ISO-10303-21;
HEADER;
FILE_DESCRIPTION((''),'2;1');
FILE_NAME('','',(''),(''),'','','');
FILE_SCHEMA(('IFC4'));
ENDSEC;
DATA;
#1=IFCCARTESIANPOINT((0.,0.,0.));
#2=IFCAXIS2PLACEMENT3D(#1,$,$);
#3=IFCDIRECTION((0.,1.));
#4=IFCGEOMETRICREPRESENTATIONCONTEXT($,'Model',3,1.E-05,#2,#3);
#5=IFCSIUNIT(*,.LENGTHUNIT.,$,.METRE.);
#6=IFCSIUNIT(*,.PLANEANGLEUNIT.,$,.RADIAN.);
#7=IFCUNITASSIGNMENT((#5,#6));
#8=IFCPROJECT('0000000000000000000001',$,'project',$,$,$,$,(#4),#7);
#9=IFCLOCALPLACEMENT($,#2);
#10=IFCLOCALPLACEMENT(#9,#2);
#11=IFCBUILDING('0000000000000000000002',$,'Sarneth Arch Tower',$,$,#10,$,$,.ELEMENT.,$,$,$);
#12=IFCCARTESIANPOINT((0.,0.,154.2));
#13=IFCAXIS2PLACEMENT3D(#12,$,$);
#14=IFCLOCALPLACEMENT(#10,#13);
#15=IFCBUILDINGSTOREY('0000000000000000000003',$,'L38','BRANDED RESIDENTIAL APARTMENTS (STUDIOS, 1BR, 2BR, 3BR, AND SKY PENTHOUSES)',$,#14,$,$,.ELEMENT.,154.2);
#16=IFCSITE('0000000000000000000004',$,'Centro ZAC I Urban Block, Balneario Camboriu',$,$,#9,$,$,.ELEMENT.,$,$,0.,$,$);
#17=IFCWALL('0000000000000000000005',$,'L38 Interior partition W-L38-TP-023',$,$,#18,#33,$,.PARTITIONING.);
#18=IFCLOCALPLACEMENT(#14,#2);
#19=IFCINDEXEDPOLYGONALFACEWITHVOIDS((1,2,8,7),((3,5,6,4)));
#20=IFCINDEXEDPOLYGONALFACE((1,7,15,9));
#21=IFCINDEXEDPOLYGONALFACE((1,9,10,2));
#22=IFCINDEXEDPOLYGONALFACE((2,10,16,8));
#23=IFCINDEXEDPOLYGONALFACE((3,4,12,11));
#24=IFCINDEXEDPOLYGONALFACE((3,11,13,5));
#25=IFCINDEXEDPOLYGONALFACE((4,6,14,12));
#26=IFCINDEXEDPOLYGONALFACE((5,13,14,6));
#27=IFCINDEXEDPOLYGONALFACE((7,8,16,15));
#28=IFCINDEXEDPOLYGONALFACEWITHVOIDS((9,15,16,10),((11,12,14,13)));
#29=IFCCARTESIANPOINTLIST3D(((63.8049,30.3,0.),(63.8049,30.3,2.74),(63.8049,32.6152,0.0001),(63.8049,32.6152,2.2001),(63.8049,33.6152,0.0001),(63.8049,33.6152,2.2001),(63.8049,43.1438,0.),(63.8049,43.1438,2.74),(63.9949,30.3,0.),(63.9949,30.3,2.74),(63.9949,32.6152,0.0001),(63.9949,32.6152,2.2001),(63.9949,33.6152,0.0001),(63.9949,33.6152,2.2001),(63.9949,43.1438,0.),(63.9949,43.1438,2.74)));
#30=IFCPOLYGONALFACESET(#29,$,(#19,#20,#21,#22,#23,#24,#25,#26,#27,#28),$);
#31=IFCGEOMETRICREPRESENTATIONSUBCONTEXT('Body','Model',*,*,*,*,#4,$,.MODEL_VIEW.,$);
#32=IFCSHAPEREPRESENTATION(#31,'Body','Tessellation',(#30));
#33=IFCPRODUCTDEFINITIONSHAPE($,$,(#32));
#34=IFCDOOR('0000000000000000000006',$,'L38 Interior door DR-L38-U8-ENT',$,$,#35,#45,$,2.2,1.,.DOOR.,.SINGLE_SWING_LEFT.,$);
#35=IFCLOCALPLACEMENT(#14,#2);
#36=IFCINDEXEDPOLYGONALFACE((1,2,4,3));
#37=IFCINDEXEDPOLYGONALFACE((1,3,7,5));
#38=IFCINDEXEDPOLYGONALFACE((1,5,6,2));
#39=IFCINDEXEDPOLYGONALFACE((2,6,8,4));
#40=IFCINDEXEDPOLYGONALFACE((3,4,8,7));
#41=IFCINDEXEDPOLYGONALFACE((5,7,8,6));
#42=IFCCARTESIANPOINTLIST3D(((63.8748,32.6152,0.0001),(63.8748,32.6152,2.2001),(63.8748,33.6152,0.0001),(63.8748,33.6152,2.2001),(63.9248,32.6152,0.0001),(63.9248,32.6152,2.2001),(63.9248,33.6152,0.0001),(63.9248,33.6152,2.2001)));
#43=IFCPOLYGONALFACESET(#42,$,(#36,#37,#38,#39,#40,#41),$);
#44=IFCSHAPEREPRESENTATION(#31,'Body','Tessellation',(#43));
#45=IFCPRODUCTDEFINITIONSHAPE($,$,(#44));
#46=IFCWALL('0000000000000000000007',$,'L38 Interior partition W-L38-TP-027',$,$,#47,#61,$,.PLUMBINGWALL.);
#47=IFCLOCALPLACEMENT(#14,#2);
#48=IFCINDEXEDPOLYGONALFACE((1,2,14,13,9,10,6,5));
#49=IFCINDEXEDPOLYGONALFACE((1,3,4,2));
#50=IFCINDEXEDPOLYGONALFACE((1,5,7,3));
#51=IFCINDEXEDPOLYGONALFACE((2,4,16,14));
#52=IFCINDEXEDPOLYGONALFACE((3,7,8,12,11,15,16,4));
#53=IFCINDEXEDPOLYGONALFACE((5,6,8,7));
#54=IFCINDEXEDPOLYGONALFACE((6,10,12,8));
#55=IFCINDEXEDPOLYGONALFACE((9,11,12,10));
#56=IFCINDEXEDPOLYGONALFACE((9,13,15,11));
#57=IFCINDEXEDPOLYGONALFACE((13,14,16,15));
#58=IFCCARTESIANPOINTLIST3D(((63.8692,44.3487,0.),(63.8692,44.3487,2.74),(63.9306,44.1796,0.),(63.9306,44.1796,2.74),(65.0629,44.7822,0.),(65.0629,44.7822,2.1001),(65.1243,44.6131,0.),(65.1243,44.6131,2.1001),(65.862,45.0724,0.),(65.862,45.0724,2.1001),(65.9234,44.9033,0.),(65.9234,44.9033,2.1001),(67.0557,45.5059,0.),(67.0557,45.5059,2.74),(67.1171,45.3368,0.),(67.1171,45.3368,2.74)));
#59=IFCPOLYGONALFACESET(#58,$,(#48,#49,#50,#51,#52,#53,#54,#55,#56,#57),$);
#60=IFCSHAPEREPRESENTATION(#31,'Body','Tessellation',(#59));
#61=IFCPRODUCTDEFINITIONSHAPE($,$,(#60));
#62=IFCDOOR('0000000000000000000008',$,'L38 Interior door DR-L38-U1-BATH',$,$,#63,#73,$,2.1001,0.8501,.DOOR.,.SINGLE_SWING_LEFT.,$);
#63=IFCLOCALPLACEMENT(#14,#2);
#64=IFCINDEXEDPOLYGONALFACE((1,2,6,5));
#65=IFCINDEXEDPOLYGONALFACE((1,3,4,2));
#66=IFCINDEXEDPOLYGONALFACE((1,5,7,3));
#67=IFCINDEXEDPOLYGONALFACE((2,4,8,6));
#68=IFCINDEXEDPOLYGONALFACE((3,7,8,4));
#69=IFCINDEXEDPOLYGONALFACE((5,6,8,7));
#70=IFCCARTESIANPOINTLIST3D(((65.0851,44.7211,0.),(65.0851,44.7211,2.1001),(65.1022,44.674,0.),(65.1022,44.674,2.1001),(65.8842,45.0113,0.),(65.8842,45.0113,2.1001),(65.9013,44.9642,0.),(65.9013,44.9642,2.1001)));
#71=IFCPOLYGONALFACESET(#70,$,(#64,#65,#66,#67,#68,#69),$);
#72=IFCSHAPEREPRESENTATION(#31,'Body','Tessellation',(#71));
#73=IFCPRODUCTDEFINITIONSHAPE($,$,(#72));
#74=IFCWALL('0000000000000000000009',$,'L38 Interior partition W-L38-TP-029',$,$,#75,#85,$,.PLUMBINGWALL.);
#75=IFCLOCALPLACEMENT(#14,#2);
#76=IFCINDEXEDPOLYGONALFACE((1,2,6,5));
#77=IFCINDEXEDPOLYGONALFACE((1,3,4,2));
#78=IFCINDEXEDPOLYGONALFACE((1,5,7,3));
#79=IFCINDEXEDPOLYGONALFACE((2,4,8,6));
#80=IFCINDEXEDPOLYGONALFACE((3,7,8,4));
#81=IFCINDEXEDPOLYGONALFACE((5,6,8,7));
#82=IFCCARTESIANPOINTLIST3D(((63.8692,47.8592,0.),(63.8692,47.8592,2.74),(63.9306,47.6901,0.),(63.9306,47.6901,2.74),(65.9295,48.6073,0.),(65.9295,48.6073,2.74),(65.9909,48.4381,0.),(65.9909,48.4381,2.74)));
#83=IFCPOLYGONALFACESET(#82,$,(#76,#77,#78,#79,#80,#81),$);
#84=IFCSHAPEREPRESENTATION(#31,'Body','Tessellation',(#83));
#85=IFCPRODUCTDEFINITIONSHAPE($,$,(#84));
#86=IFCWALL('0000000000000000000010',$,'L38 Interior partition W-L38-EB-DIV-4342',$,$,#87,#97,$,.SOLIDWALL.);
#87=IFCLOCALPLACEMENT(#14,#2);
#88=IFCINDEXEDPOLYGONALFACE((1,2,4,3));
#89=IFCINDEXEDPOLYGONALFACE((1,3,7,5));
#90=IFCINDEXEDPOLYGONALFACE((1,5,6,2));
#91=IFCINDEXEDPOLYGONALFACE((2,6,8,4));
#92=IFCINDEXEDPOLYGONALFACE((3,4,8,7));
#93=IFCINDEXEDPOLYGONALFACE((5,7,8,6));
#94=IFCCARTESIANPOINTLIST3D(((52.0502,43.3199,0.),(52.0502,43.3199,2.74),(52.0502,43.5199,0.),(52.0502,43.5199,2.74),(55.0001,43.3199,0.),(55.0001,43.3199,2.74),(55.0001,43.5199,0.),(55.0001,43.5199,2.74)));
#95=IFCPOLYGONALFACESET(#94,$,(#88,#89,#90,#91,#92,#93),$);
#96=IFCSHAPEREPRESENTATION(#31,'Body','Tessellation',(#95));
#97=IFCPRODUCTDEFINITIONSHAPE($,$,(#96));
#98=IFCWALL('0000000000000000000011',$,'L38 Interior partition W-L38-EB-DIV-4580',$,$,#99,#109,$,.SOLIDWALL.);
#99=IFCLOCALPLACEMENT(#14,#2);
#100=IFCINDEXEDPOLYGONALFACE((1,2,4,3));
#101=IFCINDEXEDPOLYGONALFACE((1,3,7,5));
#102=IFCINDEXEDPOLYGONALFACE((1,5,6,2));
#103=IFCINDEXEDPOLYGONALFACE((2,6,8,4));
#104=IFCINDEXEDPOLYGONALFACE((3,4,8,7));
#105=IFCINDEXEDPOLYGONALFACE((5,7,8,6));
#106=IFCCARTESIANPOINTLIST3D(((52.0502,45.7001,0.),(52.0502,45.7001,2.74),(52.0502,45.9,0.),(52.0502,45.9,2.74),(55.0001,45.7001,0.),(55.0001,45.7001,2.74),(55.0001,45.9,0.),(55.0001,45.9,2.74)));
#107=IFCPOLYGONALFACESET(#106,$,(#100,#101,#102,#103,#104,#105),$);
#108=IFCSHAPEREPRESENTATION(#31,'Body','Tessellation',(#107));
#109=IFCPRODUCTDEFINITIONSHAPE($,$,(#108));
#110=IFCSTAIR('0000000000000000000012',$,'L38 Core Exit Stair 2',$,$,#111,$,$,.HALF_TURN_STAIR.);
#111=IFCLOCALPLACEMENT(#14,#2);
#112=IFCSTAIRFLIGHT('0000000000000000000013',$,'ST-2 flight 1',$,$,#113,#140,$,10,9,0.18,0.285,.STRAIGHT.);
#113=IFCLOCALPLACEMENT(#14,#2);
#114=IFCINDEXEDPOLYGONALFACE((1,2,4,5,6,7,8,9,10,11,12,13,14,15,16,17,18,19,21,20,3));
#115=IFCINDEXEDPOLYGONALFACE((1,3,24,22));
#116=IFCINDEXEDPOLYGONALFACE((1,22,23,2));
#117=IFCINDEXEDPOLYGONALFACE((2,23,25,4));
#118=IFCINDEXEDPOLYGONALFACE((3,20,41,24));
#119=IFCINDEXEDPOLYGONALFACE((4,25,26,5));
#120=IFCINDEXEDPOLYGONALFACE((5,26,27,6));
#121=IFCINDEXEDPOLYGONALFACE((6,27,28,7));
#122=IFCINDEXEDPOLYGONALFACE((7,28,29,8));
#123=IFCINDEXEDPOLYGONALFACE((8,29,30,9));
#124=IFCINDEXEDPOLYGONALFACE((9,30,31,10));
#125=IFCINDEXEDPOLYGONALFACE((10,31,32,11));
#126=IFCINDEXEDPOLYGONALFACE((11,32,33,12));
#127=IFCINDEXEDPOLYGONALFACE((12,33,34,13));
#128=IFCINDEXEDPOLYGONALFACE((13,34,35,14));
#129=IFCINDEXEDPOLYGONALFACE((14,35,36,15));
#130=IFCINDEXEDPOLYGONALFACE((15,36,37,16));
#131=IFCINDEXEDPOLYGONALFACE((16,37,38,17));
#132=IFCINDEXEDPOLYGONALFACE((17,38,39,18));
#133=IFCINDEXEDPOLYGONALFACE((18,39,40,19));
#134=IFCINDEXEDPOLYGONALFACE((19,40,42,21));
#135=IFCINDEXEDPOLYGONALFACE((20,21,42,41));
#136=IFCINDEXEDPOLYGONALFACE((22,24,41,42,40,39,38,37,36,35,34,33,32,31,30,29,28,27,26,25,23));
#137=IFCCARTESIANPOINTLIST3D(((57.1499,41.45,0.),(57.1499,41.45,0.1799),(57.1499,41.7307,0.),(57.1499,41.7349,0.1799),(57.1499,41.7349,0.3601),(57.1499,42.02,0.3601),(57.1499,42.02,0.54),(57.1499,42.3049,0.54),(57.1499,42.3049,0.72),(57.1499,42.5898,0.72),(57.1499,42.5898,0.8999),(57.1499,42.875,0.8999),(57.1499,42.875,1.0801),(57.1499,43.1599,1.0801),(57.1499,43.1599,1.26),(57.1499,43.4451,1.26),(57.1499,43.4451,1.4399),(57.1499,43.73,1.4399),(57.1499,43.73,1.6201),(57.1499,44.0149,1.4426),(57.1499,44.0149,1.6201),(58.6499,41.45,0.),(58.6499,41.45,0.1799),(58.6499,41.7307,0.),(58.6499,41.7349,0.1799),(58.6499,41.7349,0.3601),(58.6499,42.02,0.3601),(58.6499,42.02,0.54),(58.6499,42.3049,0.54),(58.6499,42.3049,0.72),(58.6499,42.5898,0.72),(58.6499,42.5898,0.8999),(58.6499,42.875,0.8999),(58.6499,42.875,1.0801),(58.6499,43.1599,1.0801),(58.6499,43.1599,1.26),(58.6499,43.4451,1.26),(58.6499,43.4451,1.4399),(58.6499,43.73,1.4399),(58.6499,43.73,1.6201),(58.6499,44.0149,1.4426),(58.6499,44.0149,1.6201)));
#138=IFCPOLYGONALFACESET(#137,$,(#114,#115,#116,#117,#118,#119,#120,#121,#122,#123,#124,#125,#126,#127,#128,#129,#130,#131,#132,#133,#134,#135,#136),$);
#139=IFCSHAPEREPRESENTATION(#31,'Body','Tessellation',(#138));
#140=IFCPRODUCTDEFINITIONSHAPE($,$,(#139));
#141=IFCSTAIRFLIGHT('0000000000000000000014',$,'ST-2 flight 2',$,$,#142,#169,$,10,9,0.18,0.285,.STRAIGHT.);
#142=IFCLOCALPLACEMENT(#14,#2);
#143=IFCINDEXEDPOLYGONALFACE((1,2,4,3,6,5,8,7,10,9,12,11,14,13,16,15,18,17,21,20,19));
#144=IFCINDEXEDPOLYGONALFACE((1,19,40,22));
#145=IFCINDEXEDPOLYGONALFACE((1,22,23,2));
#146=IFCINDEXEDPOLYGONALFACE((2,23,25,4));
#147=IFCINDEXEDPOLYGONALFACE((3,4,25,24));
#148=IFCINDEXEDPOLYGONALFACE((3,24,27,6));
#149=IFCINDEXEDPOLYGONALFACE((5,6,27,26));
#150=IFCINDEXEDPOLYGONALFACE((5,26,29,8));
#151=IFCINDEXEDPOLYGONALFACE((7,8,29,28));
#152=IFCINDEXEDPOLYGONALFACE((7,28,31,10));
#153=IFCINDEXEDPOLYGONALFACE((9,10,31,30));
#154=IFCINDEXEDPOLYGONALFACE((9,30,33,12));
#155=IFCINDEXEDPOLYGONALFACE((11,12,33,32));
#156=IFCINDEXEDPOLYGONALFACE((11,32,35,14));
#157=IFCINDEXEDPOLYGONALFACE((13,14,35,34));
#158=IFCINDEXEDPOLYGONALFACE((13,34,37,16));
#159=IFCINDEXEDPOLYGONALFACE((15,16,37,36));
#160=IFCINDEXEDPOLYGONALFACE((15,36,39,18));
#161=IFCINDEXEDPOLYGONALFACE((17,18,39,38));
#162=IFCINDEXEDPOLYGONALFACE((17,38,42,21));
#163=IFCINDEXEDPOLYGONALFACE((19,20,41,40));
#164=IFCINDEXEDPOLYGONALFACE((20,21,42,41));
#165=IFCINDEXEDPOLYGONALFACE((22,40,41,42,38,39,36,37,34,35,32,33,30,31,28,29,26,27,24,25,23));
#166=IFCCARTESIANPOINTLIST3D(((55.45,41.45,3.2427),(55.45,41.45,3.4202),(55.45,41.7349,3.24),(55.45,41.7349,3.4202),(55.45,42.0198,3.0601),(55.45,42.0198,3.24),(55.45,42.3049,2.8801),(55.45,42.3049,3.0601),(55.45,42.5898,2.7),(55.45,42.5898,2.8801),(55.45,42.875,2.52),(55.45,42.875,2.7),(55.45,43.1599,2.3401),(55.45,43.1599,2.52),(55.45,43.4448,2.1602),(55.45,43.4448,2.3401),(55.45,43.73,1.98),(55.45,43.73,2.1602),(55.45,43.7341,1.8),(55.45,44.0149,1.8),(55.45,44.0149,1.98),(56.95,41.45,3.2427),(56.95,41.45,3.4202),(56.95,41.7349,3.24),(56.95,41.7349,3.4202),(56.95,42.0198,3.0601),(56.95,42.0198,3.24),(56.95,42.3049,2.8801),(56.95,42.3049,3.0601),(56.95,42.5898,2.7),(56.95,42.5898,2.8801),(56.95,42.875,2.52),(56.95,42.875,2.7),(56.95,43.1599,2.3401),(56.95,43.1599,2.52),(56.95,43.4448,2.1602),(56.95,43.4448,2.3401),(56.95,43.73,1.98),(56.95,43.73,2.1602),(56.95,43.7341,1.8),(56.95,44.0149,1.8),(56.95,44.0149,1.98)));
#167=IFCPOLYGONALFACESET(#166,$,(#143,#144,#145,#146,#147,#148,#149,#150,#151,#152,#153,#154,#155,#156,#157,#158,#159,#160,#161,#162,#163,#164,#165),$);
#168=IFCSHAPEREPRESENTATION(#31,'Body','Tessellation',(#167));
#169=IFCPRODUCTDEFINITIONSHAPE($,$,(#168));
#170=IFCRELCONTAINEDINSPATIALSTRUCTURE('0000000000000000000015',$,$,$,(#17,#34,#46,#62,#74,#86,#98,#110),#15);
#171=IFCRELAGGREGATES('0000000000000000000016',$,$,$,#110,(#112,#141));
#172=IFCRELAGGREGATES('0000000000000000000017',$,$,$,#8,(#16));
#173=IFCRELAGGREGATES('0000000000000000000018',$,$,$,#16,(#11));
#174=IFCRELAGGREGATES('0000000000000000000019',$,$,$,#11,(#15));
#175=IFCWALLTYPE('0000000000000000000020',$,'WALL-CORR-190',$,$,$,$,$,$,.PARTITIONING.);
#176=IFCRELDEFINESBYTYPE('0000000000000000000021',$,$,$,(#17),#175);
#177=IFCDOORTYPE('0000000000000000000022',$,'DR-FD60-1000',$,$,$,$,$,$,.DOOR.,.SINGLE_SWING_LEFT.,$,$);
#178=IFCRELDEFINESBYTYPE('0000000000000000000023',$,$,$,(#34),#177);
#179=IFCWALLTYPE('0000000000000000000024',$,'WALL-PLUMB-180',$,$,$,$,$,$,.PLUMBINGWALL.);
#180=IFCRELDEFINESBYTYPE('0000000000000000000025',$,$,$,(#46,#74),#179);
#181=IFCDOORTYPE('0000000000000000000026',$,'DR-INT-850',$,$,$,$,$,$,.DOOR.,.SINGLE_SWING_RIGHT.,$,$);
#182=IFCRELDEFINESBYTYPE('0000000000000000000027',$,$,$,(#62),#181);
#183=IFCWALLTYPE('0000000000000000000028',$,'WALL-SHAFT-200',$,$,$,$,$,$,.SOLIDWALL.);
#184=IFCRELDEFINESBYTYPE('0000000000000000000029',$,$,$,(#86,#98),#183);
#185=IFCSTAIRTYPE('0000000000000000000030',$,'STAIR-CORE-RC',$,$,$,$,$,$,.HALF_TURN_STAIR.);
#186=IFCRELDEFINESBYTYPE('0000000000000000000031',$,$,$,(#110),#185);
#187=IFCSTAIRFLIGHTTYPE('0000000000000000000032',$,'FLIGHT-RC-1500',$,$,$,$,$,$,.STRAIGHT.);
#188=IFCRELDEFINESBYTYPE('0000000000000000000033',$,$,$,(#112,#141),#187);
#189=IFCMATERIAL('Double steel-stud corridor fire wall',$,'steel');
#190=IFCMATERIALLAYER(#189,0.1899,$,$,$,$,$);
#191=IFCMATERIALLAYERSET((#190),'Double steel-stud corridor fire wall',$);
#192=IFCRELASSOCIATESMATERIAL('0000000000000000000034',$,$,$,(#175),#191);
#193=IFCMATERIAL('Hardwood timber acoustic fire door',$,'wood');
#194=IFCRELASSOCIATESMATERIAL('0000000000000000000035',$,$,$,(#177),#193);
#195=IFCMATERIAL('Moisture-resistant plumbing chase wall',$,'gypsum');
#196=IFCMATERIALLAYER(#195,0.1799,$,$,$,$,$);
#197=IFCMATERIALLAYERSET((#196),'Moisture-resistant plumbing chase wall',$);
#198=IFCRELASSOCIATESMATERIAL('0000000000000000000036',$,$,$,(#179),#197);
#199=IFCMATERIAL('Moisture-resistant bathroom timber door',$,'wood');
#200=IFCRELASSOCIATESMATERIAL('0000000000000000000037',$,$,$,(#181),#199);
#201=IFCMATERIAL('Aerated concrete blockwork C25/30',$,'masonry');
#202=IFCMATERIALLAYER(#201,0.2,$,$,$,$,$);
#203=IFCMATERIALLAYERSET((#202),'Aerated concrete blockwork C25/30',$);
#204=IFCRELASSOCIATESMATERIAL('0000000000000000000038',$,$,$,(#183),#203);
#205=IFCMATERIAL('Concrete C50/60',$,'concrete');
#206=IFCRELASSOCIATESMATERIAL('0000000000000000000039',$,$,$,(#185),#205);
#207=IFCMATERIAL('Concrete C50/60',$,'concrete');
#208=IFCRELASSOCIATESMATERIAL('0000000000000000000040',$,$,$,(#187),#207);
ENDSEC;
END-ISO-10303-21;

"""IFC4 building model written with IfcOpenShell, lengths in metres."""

from ifc_helpers import new_model, si_unit, direction, frame, frame_2d, origin, place, context, subcontext, project, spatial, polyline, rectangle, outline, extrude, material, layer, layer_set, type_object, element, fill, aggregate, save


model = new_model("IFC4")

# Units and contexts
model_context = context("Model", 3, precision=1e-05, world=origin(), true_north=direction((0.0, 1.0)))
body_context = subcontext(model_context, "Body", "Model", "MODEL_VIEW")
ifc_project = project(units=[si_unit("LENGTHUNIT", "METRE"), si_unit("PLANEANGLEUNIT", "RADIAN")], contexts=[model_context])

# Site, building, storey
site_placement = place(None, origin())
site = spatial("IfcSite", under=ifc_project, at=site_placement, Name="Centro ZAC I Urban Block, Balneario Camboriu", CompositionType="ELEMENT", RefElevation=0.0)
building_placement = place(site_placement, origin())
building = spatial("IfcBuilding", under=site, at=building_placement, Name="Sarneth Arch Tower", CompositionType="ELEMENT")
storey_placement = place(building_placement, frame((0.0, 0.0, 154.2)))
storey = spatial("IfcBuildingStorey", under=building, at=storey_placement, Name="L38", Description="BRANDED RESIDENTIAL APARTMENTS (STUDIOS, 1BR, 2BR, 3BR, AND SKY PENTHOUSES)", CompositionType="ELEMENT", Elevation=154.2)

# Walls, openings, doors
ifc_material_1 = material(Name="Double steel-stud corridor fire wall", Category="steel")
ifc_layer_1 = layer(ifc_material_1, 0.1899)
ifc_layer_set_1 = layer_set([ifc_layer_1], Name="Double steel-stud corridor fire wall")
wall_type_1 = type_object("IfcWallType", Name="WALL-CORR-190", PredefinedType="PARTITIONING", material=ifc_layer_set_1)
ifc_material_2 = material(Name="Hardwood timber acoustic fire door", Category="wood")
door_type_1 = type_object("IfcDoorType", Name="DR-FD60-1000", OperationType="SINGLE_SWING_LEFT", PredefinedType="DOOR", material=ifc_material_2)
wall_1_placement = place(storey_placement, frame((63.8999, 43.1438, 0.0), z_axis=(0.0, 0.0, 1.0), x_axis=(0.0, -1.0, 0.0)))
wall_1 = element("IfcWall", 1, at=wall_1_placement, inside=storey, type_object=wall_type_1, Name="L38 Interior partition W-L38-TP-023", PredefinedType="PARTITIONING", context=body_context, shape_type="SweptSolid", body=[
    extrude(rectangle(XDim=12.8438, YDim=0.1899, at=frame_2d((6.4219, 0.0))), origin(), (0.0, 0.0, 1.0), 2.74),
])
opening_1_placement = place(wall_1_placement, frame((9.5286, 0.0, 0.0)))
opening_1 = element("IfcOpeningElement", 2, at=opening_1_placement, cuts=wall_1, PredefinedType="OPENING", context=body_context, shape_type="SweptSolid", body=[
    extrude(rectangle(XDim=1.0, YDim=2.2, at=frame_2d((0.5, 1.1001))), frame((0.0, 0.105, 0.0), z_axis=(0.0, -1.0, 0.0), x_axis=(1.0, 0.0, 0.0)), (0.0, 0.0, 1.0), 0.21),
])
door_1_placement = place(opening_1_placement, origin())
door_1 = element("IfcDoor", 3, at=door_1_placement, inside=storey, type_object=door_type_1, Name="L38 Interior door DR-L38-U8-ENT", OperationType="SINGLE_SWING_LEFT", OverallHeight=2.2, OverallWidth=1.0, PredefinedType="DOOR", context=body_context, shape_type="SweptSolid", body=[
    extrude(rectangle(XDim=1.0, YDim=2.2, at=frame_2d((0.5, 1.1001))), frame((0.0, 0.0249, 0.0), z_axis=(0.0, -1.0, 0.0), x_axis=(1.0, 0.0, 0.0)), (0.0, 0.0, 1.0), 0.05),
])
fill(opening_1, door_1)
ifc_material_3 = material(Name="Moisture-resistant plumbing chase wall", Category="gypsum")
ifc_layer_2 = layer(ifc_material_3, 0.1799)
ifc_layer_set_2 = layer_set([ifc_layer_2], Name="Moisture-resistant plumbing chase wall")
wall_type_2 = type_object("IfcWallType", Name="WALL-PLUMB-180", PredefinedType="PLUMBINGWALL", material=ifc_layer_set_2)
wall_2_placement = place(storey_placement, frame((63.8999, 44.2642, 0.0), z_axis=(0.0, 0.0, 1.0), x_axis=(0.939936, 0.34135, 0.0)))
wall_2 = element("IfcWall", 4, at=wall_2_placement, inside=storey, type_object=wall_type_2, Name="L38 Interior partition W-L38-TP-027", PredefinedType="PLUMBINGWALL", context=body_context, shape_type="SweptSolid", body=[
    extrude(rectangle(XDim=3.3901, YDim=0.1799, at=frame_2d((1.6951, 0.0))), origin(), (0.0, 0.0, 1.0), 2.74),
])
opening_2_placement = place(wall_2_placement, frame((1.27, 0.0, 0.0)))
opening_2 = element("IfcOpeningElement", 5, at=opening_2_placement, cuts=wall_2, PredefinedType="OPENING", context=body_context, shape_type="SweptSolid", body=[
    extrude(rectangle(XDim=0.8501, YDim=2.1001, at=frame_2d((0.425, 1.05))), frame((0.0, 0.0999, 0.0), z_axis=(0.0, -1.0, 0.0), x_axis=(1.0, 0.0, 0.0)), (0.0, 0.0, 1.0), 0.2),
])
ifc_material_4 = material(Name="Moisture-resistant bathroom timber door", Category="wood")
door_type_2 = type_object("IfcDoorType", Name="DR-INT-850", OperationType="SINGLE_SWING_RIGHT", PredefinedType="DOOR", material=ifc_material_4)
door_2_placement = place(opening_2_placement, origin())
door_2 = element("IfcDoor", 6, at=door_2_placement, inside=storey, type_object=door_type_2, Name="L38 Interior door DR-L38-U1-BATH", OperationType="SINGLE_SWING_LEFT", OverallHeight=2.1001, OverallWidth=0.8501, PredefinedType="DOOR", context=body_context, shape_type="SweptSolid", body=[
    extrude(rectangle(XDim=0.8501, YDim=2.1001, at=frame_2d((0.425, 1.05))), frame((0.0, 0.0249, 0.0), z_axis=(0.0, -1.0, 0.0), x_axis=(1.0, 0.0, 0.0)), (0.0, 0.0, 1.0), 0.05),
])
fill(opening_2, door_2)

# Walls
wall_3_placement = place(storey_placement, frame((65.9602, 48.5227, 0.0), z_axis=(0.0, 0.0, 1.0), x_axis=(-0.939962, -0.341278, 0.0)))
element("IfcWall", 7, at=wall_3_placement, inside=storey, type_object=wall_type_2, Name="L38 Interior partition W-L38-TP-029", PredefinedType="PLUMBINGWALL", context=body_context, shape_type="SweptSolid", body=[
    extrude(rectangle(XDim=2.1919, YDim=0.1799, at=frame_2d((1.0959, 0.0))), origin(), (0.0, 0.0, 1.0), 2.74),
])
ifc_material_5 = material(Name="Aerated concrete blockwork C25/30", Category="masonry")
ifc_layer_3 = layer(ifc_material_5, 0.2)
ifc_layer_set_3 = layer_set([ifc_layer_3], Name="Aerated concrete blockwork C25/30")
wall_type_3 = type_object("IfcWallType", Name="WALL-SHAFT-200", PredefinedType="SOLIDWALL", material=ifc_layer_set_3)
for number, where, z_axis, x_axis, name in (
    (8, (52.05, 43.4199, 0.0), (0.0, 0.0, 1.0), (1.0, 0.0, 0.0), "L38 Interior partition W-L38-EB-DIV-4342"),
    (9, (52.05, 45.8, 0.0), (0.0, 0.0, 1.0), (1.0, 0.0, 0.0), "L38 Interior partition W-L38-EB-DIV-4580"),
):
    element("IfcWall", number, at=place(storey_placement, frame(where, z_axis=z_axis, x_axis=x_axis)), inside=storey, type_object=wall_type_3, Name=name, PredefinedType="SOLIDWALL", context=body_context, shape_type="SweptSolid", body=[
        extrude(rectangle(XDim=2.95, YDim=0.2, at=frame_2d((1.4751, 0.0))), origin(), (0.0, 0.0, 1.0), 2.74),
    ])

# Stair, stair flights
ifc_material_6 = material(Name="Concrete C50/60", Category="concrete")
stair_type = type_object("IfcStairType", Name="STAIR-CORE-RC", PredefinedType="HALF_TURN_STAIR", material=ifc_material_6)
stair_placement = place(storey_placement, origin())
stair = element("IfcStair", 10, at=stair_placement, inside=storey, type_object=stair_type, Name="L38 Core Exit Stair 2", PredefinedType="HALF_TURN_STAIR")
ifc_material_7 = material(Name="Concrete C50/60", Category="concrete")
stair_flight_type = type_object("IfcStairFlightType", Name="FLIGHT-RC-1500", PredefinedType="STRAIGHT", material=ifc_material_7)
stair_flight_1_placement = place(storey_placement, frame((57.8999, 41.45, 0.0), z_axis=(0.0, 0.0, 1.0), x_axis=(0.0, 1.0, 0.0)))
stair_flight_1 = element("IfcStairFlight", 11, at=stair_flight_1_placement, type_object=stair_flight_type, Name="ST-2 flight 1", NumberOfRisers=10, NumberOfTreads=9, PredefinedType="STRAIGHT", RiserHeight=0.18, TreadLength=0.285, context=body_context, shape_type="SweptSolid", body=[
    extrude(outline(polyline([(0.0, 0.0), (0.0, 0.1799), (0.2849, 0.1799), (0.2849, 0.3601), (0.5701, 0.3601), (0.5701, 0.54), (0.855, 0.54), (0.855, 0.72), (1.1399, 0.72), (1.1399, 0.8999), (1.425, 0.8999), (1.425, 1.0801), (1.71, 1.0801), (1.71, 1.26), (1.9951, 1.26), (1.9951, 1.4399), (2.28, 1.4399), (2.28, 1.6201), (2.5649, 1.6201), (2.5649, 1.8), (2.5649, 1.4426), (0.2808, 0.0), (0.0, 0.0)])), frame((0.0, 0.75, 0.0), z_axis=(0.0, -1.0, 0.0), x_axis=(1.0, 0.0, 0.0)), (0.0, 0.0, 1.0), 1.5),
])
stair_flight_2_placement = place(storey_placement, frame((56.2, 44.0149, 1.8), z_axis=(0.0, 0.0, 1.0), x_axis=(0.0, -1.0, 0.0)))
stair_flight_2 = element("IfcStairFlight", 12, at=stair_flight_2_placement, type_object=stair_flight_type, Name="ST-2 flight 2", NumberOfRisers=10, NumberOfTreads=9, PredefinedType="STRAIGHT", RiserHeight=0.18, TreadLength=0.285, context=body_context, shape_type="SweptSolid", body=[
    extrude(outline(polyline([(0.0, 0.0), (0.0, 0.1799), (0.2849, 0.1799), (0.2849, 0.3601), (0.5701, 0.3601), (0.5701, 0.54), (0.855, 0.54), (0.855, 0.72), (1.1399, 0.72), (1.1399, 0.8999), (1.425, 0.8999), (1.425, 1.0801), (1.71, 1.0801), (1.71, 1.26), (1.9951, 1.26), (1.9951, 1.4399), (2.28, 1.4399), (2.28, 1.6201), (2.5649, 1.6201), (2.5649, 1.8), (2.5649, 1.4426), (0.2808, 0.0), (0.0, 0.0)])), frame((0.0, 0.75, 0.0), z_axis=(0.0, -1.0, 0.0), x_axis=(1.0, 0.0, 0.0)), (0.0, 0.0, 1.0), 1.5),
])
aggregate(stair, [stair_flight_1, stair_flight_2])

save(model, "model.ifc")
